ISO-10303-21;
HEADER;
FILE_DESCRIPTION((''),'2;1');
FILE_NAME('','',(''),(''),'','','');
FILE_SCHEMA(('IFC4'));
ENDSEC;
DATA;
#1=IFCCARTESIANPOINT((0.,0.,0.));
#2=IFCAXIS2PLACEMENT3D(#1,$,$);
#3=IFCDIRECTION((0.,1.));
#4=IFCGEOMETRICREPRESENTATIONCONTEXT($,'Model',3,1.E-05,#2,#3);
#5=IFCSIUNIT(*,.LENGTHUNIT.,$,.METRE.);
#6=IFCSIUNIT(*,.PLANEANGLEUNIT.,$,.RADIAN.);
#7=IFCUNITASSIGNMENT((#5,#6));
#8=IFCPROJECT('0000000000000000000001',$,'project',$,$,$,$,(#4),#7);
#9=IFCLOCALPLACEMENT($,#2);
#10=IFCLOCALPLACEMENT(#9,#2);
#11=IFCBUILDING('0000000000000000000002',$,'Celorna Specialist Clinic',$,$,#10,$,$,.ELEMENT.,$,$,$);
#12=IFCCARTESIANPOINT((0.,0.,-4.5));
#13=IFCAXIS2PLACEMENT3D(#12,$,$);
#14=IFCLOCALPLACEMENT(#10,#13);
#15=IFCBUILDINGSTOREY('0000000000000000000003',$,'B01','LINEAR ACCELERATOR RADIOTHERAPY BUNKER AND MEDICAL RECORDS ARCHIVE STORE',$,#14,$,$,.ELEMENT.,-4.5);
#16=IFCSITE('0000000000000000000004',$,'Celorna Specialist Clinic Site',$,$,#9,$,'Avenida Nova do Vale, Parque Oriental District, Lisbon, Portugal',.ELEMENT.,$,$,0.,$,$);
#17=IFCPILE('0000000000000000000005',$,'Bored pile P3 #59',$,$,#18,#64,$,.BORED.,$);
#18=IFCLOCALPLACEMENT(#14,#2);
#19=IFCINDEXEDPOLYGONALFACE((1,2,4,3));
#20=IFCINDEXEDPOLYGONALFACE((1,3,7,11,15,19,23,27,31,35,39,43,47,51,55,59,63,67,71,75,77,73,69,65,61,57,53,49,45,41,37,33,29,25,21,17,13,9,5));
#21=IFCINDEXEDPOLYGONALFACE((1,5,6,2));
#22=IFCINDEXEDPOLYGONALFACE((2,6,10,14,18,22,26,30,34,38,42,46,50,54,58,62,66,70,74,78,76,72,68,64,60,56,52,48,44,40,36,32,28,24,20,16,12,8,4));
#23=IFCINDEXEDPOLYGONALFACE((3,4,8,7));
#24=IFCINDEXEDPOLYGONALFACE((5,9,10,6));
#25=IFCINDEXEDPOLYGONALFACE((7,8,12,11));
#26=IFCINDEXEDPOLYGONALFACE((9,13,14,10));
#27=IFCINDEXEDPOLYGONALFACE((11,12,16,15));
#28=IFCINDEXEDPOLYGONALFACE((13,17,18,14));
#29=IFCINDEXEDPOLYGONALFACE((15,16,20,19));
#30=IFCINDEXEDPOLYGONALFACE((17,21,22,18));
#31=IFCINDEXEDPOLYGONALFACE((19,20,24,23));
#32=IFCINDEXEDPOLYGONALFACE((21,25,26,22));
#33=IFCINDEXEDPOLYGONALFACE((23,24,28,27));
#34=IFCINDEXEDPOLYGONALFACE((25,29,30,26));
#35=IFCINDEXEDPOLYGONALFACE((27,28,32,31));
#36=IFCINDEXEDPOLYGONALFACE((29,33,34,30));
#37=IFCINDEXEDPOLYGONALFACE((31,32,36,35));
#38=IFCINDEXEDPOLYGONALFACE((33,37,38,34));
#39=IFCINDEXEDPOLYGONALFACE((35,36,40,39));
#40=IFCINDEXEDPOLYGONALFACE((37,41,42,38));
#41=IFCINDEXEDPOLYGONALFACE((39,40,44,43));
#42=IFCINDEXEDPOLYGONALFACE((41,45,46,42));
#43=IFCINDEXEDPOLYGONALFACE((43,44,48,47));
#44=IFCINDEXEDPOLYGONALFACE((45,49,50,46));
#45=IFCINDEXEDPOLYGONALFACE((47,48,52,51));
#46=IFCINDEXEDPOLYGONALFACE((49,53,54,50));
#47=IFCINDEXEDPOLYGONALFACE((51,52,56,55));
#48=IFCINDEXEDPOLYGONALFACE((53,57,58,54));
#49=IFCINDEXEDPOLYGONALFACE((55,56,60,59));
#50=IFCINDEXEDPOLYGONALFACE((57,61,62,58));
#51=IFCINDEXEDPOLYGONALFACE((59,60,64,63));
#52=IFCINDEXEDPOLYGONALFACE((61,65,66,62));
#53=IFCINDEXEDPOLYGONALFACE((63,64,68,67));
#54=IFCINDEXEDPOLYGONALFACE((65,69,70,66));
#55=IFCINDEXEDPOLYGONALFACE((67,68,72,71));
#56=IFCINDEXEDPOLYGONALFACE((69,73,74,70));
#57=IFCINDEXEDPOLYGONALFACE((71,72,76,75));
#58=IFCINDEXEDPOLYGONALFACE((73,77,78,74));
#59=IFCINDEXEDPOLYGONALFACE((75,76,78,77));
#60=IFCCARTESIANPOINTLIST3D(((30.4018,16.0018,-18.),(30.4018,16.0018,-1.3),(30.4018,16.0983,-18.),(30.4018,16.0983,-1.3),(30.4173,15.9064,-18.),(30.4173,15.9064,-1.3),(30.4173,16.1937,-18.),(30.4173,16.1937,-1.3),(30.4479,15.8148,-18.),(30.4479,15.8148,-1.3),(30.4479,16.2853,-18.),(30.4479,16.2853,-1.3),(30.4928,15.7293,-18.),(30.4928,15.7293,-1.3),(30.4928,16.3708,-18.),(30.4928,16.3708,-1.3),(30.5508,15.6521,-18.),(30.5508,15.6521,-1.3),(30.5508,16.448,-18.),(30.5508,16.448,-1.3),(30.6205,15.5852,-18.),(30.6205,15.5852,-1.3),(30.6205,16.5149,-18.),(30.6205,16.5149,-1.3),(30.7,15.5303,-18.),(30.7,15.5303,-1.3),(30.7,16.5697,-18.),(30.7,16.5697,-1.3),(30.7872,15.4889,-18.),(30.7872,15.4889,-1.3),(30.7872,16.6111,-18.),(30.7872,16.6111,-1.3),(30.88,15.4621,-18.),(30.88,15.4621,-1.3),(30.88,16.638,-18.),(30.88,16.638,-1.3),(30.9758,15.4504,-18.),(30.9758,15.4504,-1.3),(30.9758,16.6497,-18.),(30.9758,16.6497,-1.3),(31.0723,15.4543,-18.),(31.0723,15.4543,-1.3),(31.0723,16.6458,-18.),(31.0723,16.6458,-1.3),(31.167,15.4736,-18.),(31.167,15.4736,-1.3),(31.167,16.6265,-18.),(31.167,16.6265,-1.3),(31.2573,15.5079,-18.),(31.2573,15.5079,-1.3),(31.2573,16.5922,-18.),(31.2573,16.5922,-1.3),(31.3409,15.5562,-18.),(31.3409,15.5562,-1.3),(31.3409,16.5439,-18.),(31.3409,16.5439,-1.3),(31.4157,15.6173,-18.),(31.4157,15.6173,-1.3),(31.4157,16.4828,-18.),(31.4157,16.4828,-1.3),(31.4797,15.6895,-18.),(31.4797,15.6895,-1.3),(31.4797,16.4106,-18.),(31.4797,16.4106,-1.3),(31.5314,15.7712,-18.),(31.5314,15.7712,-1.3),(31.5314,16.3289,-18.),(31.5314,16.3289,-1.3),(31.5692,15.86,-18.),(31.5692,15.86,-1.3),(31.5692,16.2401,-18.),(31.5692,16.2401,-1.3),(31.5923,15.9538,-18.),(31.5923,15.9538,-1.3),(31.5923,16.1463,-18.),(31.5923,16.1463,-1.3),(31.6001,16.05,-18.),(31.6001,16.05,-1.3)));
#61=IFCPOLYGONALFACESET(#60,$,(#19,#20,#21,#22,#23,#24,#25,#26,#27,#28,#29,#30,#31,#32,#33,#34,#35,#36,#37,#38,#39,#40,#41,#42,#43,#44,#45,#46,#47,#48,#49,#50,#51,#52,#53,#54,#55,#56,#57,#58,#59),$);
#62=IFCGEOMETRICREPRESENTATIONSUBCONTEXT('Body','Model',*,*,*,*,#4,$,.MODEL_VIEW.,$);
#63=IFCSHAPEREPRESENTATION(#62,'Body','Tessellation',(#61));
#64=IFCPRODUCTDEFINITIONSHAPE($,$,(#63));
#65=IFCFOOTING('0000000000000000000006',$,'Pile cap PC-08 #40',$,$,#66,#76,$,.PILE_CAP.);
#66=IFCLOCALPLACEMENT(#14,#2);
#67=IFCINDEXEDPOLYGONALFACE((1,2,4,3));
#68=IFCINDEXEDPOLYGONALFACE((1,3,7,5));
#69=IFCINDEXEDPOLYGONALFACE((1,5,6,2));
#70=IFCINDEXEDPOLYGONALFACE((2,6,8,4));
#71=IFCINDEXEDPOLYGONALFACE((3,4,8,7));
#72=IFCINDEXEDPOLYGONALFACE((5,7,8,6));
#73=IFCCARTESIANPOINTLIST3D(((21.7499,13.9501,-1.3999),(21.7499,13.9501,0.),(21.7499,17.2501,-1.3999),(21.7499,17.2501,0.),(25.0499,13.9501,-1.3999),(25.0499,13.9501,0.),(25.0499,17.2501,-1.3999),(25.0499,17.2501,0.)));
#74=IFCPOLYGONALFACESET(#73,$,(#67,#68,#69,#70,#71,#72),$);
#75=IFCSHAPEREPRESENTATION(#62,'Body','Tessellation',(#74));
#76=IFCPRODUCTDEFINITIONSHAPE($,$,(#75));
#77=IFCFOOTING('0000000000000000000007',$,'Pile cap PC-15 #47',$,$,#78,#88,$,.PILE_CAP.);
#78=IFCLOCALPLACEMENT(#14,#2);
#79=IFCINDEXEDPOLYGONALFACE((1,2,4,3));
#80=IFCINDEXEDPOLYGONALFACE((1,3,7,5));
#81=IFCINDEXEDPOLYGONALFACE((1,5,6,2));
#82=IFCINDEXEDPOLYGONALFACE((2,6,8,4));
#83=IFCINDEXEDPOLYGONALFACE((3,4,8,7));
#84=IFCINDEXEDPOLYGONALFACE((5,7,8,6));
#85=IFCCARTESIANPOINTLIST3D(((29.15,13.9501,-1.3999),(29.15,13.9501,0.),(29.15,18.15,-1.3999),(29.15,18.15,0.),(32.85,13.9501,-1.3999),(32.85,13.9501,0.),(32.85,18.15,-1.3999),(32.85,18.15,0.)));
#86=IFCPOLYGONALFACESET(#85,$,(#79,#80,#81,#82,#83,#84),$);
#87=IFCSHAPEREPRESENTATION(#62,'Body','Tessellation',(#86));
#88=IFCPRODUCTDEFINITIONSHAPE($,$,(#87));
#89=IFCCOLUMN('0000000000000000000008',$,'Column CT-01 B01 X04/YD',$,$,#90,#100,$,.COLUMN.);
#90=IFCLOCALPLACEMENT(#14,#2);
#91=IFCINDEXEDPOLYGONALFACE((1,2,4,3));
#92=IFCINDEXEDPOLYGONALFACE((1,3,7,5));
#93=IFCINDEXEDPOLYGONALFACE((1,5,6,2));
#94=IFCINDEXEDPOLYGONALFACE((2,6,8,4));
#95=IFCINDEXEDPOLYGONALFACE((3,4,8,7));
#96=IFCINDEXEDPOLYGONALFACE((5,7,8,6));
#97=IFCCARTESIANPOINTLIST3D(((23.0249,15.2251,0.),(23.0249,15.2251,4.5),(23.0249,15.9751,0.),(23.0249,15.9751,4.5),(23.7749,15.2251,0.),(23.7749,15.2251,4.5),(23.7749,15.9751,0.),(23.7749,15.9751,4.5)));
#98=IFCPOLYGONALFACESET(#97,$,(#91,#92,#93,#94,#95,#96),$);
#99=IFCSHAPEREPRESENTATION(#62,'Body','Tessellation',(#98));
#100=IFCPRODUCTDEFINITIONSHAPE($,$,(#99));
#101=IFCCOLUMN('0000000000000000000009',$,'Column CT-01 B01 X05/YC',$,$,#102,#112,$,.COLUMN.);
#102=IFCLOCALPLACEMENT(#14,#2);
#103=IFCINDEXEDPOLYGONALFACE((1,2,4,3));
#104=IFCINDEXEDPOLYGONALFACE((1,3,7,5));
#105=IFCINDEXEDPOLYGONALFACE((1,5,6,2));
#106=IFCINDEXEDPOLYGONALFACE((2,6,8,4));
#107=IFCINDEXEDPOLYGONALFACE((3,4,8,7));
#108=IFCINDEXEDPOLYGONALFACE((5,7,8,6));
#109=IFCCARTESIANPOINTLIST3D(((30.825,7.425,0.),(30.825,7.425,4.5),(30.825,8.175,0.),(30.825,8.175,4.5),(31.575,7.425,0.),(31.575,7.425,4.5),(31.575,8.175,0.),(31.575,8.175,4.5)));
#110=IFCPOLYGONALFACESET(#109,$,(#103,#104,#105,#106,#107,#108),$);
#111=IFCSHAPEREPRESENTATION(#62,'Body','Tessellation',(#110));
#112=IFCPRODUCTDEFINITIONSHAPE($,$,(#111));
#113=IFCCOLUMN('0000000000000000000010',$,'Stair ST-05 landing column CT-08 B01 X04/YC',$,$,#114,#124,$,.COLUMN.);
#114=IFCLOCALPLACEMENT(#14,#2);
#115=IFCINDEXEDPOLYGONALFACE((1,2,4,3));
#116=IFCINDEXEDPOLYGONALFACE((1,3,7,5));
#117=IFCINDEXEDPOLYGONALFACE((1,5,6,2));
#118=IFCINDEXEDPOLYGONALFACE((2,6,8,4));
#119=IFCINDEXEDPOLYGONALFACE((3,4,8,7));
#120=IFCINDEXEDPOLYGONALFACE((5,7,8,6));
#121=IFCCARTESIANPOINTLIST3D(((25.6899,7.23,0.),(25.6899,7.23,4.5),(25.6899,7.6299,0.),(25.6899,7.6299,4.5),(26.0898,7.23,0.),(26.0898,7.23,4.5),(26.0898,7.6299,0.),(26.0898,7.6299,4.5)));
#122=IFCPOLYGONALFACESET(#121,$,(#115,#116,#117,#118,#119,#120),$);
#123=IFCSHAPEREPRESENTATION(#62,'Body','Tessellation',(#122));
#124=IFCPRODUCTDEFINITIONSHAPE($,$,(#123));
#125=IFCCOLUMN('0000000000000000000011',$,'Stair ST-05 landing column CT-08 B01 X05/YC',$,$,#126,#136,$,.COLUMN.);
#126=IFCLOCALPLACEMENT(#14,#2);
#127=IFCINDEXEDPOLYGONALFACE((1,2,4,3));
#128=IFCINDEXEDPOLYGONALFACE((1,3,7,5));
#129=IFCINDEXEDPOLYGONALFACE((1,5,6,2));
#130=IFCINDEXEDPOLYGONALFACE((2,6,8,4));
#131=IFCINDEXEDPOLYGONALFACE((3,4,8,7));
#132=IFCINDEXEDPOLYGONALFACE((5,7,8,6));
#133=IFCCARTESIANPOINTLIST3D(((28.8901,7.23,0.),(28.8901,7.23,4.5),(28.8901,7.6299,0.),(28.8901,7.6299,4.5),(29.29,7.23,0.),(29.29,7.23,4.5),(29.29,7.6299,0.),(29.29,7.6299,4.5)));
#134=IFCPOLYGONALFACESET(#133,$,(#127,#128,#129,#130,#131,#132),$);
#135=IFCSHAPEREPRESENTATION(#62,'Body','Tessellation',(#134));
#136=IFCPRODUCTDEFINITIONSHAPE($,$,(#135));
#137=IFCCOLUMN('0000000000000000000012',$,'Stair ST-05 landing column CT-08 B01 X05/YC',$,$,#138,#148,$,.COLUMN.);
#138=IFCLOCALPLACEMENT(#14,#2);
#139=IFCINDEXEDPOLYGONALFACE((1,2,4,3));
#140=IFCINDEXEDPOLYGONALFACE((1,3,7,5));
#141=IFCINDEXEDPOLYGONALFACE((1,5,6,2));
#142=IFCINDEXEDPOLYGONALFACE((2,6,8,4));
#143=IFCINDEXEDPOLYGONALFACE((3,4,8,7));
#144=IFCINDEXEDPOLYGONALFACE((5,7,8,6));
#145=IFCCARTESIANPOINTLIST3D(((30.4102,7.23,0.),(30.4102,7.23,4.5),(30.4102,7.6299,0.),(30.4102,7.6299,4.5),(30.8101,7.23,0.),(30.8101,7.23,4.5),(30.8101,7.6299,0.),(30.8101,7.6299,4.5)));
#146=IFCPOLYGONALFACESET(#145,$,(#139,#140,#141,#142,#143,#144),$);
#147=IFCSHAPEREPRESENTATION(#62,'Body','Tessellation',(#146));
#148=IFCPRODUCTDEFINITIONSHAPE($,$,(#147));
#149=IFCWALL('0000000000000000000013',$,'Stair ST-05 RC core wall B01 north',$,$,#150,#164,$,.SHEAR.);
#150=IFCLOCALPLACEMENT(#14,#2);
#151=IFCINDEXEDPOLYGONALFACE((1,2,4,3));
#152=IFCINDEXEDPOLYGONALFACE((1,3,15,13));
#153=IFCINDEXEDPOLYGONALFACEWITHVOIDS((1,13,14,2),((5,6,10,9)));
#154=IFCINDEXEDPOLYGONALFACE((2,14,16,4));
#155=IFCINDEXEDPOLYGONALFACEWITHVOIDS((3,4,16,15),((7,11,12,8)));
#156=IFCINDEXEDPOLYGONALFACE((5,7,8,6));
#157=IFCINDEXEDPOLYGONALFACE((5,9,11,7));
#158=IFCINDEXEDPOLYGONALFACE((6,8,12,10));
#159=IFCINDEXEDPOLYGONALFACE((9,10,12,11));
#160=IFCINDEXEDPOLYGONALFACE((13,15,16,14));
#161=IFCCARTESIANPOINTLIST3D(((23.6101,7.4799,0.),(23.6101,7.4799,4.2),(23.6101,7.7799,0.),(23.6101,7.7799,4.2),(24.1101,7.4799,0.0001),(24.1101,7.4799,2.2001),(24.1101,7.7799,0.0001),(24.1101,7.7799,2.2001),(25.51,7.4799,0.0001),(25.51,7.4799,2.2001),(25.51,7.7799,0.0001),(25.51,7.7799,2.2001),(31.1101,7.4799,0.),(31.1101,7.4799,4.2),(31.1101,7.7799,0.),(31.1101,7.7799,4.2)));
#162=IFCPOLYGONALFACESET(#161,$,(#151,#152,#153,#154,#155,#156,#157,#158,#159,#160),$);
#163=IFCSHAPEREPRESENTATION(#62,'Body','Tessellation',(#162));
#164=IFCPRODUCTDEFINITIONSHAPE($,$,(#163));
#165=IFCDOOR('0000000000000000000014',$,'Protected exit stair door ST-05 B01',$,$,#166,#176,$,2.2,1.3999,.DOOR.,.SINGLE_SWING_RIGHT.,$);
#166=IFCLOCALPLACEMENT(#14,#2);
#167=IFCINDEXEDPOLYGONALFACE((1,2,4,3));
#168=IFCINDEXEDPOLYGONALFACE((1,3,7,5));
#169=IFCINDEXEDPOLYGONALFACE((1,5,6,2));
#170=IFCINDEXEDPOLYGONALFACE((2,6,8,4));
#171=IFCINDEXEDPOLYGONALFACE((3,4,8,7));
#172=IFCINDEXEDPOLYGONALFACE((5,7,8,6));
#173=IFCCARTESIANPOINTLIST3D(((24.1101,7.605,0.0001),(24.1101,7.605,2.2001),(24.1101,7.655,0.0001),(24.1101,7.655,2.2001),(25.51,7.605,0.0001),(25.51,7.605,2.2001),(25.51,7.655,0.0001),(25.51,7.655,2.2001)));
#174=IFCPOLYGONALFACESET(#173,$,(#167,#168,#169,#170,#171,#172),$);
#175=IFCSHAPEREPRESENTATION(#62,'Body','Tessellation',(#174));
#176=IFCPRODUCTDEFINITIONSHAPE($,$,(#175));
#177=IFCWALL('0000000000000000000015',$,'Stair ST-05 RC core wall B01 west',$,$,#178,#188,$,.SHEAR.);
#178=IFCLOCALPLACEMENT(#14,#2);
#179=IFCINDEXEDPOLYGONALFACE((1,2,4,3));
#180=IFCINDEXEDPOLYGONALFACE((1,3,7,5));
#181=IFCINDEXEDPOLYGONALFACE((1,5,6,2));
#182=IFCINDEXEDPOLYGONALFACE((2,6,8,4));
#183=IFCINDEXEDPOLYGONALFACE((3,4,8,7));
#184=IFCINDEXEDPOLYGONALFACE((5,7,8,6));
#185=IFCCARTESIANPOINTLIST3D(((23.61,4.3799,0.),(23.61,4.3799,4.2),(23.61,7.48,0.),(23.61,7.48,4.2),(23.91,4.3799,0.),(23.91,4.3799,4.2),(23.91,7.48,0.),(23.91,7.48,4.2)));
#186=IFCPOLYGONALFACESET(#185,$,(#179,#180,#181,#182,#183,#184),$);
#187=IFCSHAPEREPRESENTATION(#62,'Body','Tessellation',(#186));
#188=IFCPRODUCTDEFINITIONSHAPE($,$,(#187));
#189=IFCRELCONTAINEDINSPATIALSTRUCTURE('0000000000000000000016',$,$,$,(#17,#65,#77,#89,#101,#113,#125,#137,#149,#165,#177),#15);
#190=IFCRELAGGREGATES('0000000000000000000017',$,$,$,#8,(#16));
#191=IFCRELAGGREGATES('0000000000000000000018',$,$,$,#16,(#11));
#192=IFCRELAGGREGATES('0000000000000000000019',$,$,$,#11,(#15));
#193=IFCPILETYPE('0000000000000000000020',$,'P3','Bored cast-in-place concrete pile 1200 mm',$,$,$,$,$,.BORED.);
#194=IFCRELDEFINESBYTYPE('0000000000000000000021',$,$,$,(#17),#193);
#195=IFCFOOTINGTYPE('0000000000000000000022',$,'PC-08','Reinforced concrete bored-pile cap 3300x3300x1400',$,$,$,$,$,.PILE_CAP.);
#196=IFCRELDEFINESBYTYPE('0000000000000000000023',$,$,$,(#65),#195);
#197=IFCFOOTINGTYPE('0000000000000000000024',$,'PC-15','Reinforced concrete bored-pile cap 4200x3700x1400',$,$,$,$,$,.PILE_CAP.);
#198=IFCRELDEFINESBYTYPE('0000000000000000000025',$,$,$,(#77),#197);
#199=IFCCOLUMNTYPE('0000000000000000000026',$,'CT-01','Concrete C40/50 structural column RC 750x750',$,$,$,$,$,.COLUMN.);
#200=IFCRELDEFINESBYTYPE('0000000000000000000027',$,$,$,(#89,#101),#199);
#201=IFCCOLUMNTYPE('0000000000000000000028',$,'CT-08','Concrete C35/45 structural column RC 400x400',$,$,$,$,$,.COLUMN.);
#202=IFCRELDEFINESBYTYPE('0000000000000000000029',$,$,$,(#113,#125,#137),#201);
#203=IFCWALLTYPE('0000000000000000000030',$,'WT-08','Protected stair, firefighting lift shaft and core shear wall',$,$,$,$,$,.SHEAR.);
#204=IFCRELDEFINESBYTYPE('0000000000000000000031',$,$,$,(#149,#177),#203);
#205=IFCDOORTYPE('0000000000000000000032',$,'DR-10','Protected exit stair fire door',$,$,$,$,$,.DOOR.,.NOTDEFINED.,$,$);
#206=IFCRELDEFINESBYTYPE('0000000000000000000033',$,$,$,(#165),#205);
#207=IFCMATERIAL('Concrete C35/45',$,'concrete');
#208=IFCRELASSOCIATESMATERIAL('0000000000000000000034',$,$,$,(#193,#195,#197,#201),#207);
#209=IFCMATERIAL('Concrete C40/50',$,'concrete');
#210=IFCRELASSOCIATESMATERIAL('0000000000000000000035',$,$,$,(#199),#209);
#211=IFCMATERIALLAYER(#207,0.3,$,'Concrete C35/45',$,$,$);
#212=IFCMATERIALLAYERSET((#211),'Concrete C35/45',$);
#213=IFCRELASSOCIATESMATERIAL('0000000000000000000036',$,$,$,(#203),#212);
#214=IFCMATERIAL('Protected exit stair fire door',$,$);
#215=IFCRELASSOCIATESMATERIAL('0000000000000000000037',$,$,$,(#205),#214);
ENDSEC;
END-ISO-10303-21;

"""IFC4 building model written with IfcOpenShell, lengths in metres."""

from ifc_helpers import new_model, si_unit, direction, frame, frame_2d, origin, origin_2d, place, context, subcontext, project, spatial, rectangle, circle, extrude, material, layer, layer_set, material_profile, profile_set, type_object, element, fill, save


model = new_model("IFC4")

# Units and contexts
model_context = context("Model", 3, precision=1e-05, world=origin(), true_north=direction((0.0, 1.0)))
body_context = subcontext(model_context, "Body", "Model", "MODEL_VIEW")
ifc_project = project(units=[si_unit("LENGTHUNIT", "METRE"), si_unit("PLANEANGLEUNIT", "RADIAN")], contexts=[model_context])

# Site, building, storey
site_placement = place(None, origin())
site = spatial("IfcSite", under=ifc_project, at=site_placement, Name="Celorna Specialist Clinic Site", LongName="Avenida Nova do Vale, Parque Oriental District, Lisbon, Portugal", CompositionType="ELEMENT", RefElevation=0.0)
building_placement = place(site_placement, origin())
building = spatial("IfcBuilding", under=site, at=building_placement, Name="Celorna Specialist Clinic", CompositionType="ELEMENT")
storey_placement = place(building_placement, frame((0.0, 0.0, -4.5)))
storey = spatial("IfcBuildingStorey", under=building, at=storey_placement, Name="B01", Description="LINEAR ACCELERATOR RADIOTHERAPY BUNKER AND MEDICAL RECORDS ARCHIVE STORE", CompositionType="ELEMENT", Elevation=-4.5)

# Shared definitions
ifc_material_1 = material(Name="Concrete C35/45", Category="concrete")

# Pile
ifc_material_profile_1 = material_profile(ifc_material_1, circle(Radius=0.6001, at=origin_2d()), Name="BORED PILE 1200")
ifc_profile_set_1 = profile_set([ifc_material_profile_1], Name="Concrete C35/45")
pile_type_1 = type_object("IfcPileType", Name="P3", Description="Bored cast-in-place concrete pile 1200 mm", PredefinedType="BORED", material=ifc_profile_set_1)
pile_1_placement = place(storey_placement, frame((31.0, 16.05, -1.3), z_axis=(0.0, 0.0, -1.0), x_axis=(1.0, 0.0, 0.0)))
element("IfcPile", 1, at=pile_1_placement, inside=storey, type_object=pile_type_1, Name="Bored pile P3 #59", PredefinedType="BORED", context=body_context, shape_type="SweptSolid", body=[
    extrude(circle(Radius=0.6001, at=origin_2d()), origin(), (0.0, 0.0, 1.0), 16.7),
])

# Footings
footing_type_1 = type_object("IfcFootingType", Name="PC-08", Description="Reinforced concrete bored-pile cap 3300x3300x1400", PredefinedType="PILE_CAP", material=ifc_material_1)
footing_1_placement = place(storey_placement, frame((23.3999, 15.6001, -1.3999), z_axis=(0.0, 0.0, 1.0), x_axis=(1.0, 0.0, 0.0)))
element("IfcFooting", 2, at=footing_1_placement, inside=storey, type_object=footing_type_1, Name="Pile cap PC-08 #40", PredefinedType="PILE_CAP", context=body_context, shape_type="SweptSolid", body=[
    extrude(rectangle(XDim=3.3, YDim=3.3, at=origin_2d()), origin(), (0.0, 0.0, 1.0), 1.3999),
])
footing_type_2 = type_object("IfcFootingType", Name="PC-15", Description="Reinforced concrete bored-pile cap 4200x3700x1400", PredefinedType="PILE_CAP", material=ifc_material_1)
footing_2_placement = place(storey_placement, frame((31.0, 16.05, -1.3999), z_axis=(0.0, 0.0, 1.0), x_axis=(1.0, 0.0, 0.0)))
element("IfcFooting", 3, at=footing_2_placement, inside=storey, type_object=footing_type_2, Name="Pile cap PC-15 #47", PredefinedType="PILE_CAP", context=body_context, shape_type="SweptSolid", body=[
    extrude(rectangle(XDim=3.7, YDim=4.2, at=origin_2d()), origin(), (0.0, 0.0, 1.0), 1.3999),
])

# Columns
ifc_material_2 = material(Name="Concrete C40/50", Category="concrete")
ifc_material_profile_2 = material_profile(ifc_material_2, rectangle(XDim=0.75, YDim=0.75, at=origin_2d()), Name="RC 750x750")
ifc_profile_set_2 = profile_set([ifc_material_profile_2], Name="Concrete C40/50")
column_type_1 = type_object("IfcColumnType", Name="CT-01", Description="Concrete C40/50 structural column RC 750x750", PredefinedType="COLUMN", material=ifc_profile_set_2)
for number, where, z_axis, x_axis, name in (
    (4, (23.3999, 15.6001, 0.0), (0.0, 0.0, 1.0), (1.0, 0.0, 0.0), "Column CT-01 B01 X04/YD"),
    (5, (31.2, 7.8, 0.0), (0.0, 0.0, 1.0), (1.0, 0.0, 0.0), "Column CT-01 B01 X05/YC"),
):
    element("IfcColumn", number, at=place(storey_placement, frame(where, z_axis=z_axis, x_axis=x_axis)), inside=storey, type_object=column_type_1, Name=name, PredefinedType="COLUMN", context=body_context, shape_type="SweptSolid", body=[
        extrude(rectangle(XDim=0.75, YDim=0.75, at=origin_2d()), origin(), (0.0, 0.0, 1.0), 4.5),
    ])
ifc_material_profile_3 = material_profile(ifc_material_1, rectangle(XDim=0.3999, YDim=0.3999, at=origin_2d()), Name="RC 400x400")
ifc_profile_set_3 = profile_set([ifc_material_profile_3], Name="Concrete C35/45")
column_type_2 = type_object("IfcColumnType", Name="CT-08", Description="Concrete C35/45 structural column RC 400x400", PredefinedType="COLUMN", material=ifc_profile_set_3)
for number, where, z_axis, x_axis, name in (
    (6, (25.8899, 7.4299, 0.0), (0.0, 0.0, 1.0), (1.0, 0.0, 0.0), "Stair ST-05 landing column CT-08 B01 X04/YC"),
    (7, (29.0901, 7.4299, 0.0), (0.0, 0.0, 1.0), (1.0, 0.0, 0.0), "Stair ST-05 landing column CT-08 B01 X05/YC"),
    (8, (30.6101, 7.4299, 0.0), (0.0, 0.0, 1.0), (1.0, 0.0, 0.0), "Stair ST-05 landing column CT-08 B01 X05/YC"),
):
    element("IfcColumn", number, at=place(storey_placement, frame(where, z_axis=z_axis, x_axis=x_axis)), inside=storey, type_object=column_type_2, Name=name, PredefinedType="COLUMN", context=body_context, shape_type="SweptSolid", body=[
        extrude(rectangle(XDim=0.3999, YDim=0.3999, at=origin_2d()), origin(), (0.0, 0.0, 1.0), 4.5),
    ])

# Wall, opening, door
ifc_layer_1 = layer(ifc_material_1, 0.3, Name="Concrete C35/45")
ifc_layer_set_1 = layer_set([ifc_layer_1], Name="Concrete C35/45")
wall_type_1 = type_object("IfcWallType", Name="WT-08", Description="Protected stair, firefighting lift shaft and core shear wall", PredefinedType="SHEAR", material=ifc_layer_set_1)
wall_1_placement = place(storey_placement, frame((31.1101, 7.6299, 0.0), z_axis=(0.0, 0.0, 1.0), x_axis=(-1.0, 0.0, 0.0)))
wall_1 = element("IfcWall", 9, at=wall_1_placement, inside=storey, type_object=wall_type_1, Name="Stair ST-05 RC core wall B01 north", PredefinedType="SHEAR", context=body_context, shape_type="SweptSolid", body=[
    extrude(rectangle(XDim=7.5, YDim=0.3, at=frame_2d((3.75, 0.0))), origin(), (0.0, 0.0, 1.0), 4.2),
])
opening_1_placement = place(wall_1_placement, frame((5.6001, 0.0, 0.0)))
opening_1 = element("IfcOpeningElement", 10, at=opening_1_placement, cuts=wall_1, PredefinedType="OPENING", context=body_context, shape_type="SweptSolid", body=[
    extrude(rectangle(XDim=1.3999, YDim=2.2, at=frame_2d((0.7, 1.1001))), frame((0.0, 0.1599, 0.0), z_axis=(0.0, -1.0, 0.0), x_axis=(1.0, 0.0, 0.0)), (0.0, 0.0, 1.0), 0.3201),
])
ifc_material_3 = material(Name="Protected exit stair fire door")
door_type_1 = type_object("IfcDoorType", Name="DR-10", Description="Protected exit stair fire door", OperationType="NOTDEFINED", PredefinedType="DOOR", material=ifc_material_3)
door_1_placement = place(opening_1_placement, origin())
door_1 = element("IfcDoor", 11, at=door_1_placement, inside=storey, type_object=door_type_1, Name="Protected exit stair door ST-05 B01", OperationType="SINGLE_SWING_RIGHT", OverallHeight=2.2, OverallWidth=1.3999, PredefinedType="DOOR", context=body_context, shape_type="SweptSolid", body=[
    extrude(rectangle(XDim=1.3999, YDim=2.2, at=frame_2d((0.7, 1.1001))), frame((0.0, 0.0249, 0.0), z_axis=(0.0, -1.0, 0.0), x_axis=(1.0, 0.0, 0.0)), (0.0, 0.0, 1.0), 0.05),
])
fill(opening_1, door_1)

# Wall
wall_2_placement = place(storey_placement, frame((23.76, 7.48, 0.0), z_axis=(0.0, 0.0, 1.0), x_axis=(0.0, -1.0, 0.0)))
element("IfcWall", 12, at=wall_2_placement, inside=storey, type_object=wall_type_1, Name="Stair ST-05 RC core wall B01 west", PredefinedType="SHEAR", context=body_context, shape_type="SweptSolid", body=[
    extrude(rectangle(XDim=3.1001, YDim=0.3, at=frame_2d((1.55, 0.0))), origin(), (0.0, 0.0, 1.0), 4.2),
])

save(model, "model.ifc")
